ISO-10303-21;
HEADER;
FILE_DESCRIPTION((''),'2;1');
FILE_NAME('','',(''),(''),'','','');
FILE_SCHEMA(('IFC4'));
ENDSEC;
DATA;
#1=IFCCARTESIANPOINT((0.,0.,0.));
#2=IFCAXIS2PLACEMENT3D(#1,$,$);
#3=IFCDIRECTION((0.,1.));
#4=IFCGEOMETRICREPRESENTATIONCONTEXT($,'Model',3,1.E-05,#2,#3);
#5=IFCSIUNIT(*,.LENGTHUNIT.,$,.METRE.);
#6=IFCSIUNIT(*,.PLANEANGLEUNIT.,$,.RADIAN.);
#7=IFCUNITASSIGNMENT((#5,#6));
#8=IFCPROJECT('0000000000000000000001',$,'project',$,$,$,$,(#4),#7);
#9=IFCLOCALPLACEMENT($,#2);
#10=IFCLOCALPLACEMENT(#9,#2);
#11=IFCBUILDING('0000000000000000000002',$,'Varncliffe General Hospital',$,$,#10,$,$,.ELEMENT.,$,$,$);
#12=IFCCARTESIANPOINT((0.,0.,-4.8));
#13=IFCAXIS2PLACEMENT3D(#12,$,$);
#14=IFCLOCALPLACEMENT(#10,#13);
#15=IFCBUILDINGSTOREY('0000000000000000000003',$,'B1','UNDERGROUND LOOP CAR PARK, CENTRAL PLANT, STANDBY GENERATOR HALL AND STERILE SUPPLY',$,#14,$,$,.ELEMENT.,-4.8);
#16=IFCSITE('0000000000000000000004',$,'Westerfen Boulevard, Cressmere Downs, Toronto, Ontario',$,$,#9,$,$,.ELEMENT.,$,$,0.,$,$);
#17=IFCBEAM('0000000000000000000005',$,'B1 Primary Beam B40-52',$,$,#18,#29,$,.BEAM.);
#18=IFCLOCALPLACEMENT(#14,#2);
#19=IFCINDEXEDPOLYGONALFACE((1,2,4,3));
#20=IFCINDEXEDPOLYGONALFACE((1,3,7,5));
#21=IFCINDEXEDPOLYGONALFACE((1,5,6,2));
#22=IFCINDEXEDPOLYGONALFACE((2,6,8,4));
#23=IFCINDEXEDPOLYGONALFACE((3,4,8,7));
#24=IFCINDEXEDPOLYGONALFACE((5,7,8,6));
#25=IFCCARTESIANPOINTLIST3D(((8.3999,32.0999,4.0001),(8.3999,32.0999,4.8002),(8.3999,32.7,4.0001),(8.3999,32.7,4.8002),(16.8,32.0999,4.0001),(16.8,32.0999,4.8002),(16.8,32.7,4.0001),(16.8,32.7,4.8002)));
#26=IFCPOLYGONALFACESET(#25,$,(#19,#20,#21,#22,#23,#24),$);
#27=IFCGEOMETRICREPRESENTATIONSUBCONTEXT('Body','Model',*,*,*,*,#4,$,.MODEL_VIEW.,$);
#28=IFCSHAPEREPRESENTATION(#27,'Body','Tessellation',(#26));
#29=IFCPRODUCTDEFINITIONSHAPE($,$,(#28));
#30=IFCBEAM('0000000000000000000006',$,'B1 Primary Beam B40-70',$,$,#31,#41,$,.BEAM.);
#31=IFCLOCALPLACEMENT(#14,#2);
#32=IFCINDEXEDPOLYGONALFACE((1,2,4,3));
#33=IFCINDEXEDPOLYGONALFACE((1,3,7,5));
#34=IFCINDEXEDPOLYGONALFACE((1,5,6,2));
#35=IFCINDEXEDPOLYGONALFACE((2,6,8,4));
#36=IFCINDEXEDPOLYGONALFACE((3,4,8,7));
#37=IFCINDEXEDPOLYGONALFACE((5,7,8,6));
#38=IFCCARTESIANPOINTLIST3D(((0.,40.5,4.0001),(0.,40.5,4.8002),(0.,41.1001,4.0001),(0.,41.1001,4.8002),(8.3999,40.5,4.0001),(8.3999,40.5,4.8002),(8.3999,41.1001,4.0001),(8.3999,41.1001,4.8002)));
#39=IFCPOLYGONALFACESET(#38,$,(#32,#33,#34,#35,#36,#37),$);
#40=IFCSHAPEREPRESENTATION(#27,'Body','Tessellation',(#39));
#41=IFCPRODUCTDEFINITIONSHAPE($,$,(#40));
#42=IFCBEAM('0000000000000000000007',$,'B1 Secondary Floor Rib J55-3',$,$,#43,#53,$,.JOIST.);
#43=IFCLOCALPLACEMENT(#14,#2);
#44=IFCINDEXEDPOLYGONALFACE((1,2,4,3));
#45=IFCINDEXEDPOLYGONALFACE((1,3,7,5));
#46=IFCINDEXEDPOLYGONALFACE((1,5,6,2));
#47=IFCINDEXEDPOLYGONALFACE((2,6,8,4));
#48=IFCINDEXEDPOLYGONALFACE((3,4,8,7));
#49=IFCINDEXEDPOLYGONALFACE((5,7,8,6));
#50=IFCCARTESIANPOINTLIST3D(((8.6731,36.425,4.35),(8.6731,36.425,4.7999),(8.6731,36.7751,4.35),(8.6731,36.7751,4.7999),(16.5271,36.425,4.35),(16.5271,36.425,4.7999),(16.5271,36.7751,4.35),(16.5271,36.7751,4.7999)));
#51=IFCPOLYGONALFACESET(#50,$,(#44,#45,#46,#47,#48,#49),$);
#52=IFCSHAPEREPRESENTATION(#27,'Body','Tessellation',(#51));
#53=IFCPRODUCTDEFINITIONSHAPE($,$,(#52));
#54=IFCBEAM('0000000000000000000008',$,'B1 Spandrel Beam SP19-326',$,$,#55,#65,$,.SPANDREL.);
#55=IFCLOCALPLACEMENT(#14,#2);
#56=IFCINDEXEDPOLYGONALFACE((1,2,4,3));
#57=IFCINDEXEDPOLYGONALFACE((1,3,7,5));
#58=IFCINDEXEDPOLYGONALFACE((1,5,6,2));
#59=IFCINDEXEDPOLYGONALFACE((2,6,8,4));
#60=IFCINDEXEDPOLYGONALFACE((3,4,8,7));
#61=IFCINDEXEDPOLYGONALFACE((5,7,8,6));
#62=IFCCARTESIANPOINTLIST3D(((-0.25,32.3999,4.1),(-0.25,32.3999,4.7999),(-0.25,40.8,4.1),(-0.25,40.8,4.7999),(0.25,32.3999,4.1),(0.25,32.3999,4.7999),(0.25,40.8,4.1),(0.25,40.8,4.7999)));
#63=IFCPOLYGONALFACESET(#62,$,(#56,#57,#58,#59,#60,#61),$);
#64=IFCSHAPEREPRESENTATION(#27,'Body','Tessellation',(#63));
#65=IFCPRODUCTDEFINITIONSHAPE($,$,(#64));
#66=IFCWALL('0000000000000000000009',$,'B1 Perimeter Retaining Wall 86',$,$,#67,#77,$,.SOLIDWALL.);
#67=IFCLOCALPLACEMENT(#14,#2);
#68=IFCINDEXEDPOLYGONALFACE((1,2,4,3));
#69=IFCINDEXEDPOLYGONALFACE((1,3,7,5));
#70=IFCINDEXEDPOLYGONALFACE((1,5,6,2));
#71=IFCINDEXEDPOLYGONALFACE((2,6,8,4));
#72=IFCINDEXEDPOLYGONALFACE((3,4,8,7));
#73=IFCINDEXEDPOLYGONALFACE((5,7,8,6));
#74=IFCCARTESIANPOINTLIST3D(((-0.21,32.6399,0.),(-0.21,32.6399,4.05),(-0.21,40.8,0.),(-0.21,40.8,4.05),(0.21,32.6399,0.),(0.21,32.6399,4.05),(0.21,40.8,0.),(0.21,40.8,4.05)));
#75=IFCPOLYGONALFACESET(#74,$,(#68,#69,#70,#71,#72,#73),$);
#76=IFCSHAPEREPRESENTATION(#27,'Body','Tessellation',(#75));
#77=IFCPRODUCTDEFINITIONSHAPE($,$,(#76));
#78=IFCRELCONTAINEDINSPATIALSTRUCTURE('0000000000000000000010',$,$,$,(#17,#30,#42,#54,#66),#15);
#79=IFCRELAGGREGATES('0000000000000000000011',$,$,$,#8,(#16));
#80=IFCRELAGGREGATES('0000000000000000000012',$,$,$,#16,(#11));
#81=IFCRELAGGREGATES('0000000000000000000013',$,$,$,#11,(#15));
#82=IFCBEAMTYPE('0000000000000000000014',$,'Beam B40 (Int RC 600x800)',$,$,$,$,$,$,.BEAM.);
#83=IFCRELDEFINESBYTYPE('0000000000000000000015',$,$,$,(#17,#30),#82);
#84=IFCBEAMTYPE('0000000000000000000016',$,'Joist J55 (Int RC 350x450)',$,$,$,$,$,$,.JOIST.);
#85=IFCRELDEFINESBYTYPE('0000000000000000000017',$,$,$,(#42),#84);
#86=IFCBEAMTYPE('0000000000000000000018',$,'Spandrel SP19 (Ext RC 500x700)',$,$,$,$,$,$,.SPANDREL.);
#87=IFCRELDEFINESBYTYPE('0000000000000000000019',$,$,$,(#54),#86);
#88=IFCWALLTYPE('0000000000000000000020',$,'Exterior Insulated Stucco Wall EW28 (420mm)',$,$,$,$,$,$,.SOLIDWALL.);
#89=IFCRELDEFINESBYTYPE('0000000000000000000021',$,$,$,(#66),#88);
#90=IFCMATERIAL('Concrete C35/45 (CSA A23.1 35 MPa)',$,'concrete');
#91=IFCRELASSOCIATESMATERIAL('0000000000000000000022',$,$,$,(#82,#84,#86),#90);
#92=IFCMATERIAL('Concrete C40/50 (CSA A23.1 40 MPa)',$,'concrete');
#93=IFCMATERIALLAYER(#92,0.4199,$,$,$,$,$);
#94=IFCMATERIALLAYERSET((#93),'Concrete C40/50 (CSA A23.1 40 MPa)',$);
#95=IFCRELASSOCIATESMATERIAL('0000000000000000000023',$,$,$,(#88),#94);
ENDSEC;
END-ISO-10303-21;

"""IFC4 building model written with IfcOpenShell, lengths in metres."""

from ifc_helpers import new_model, si_unit, direction, frame, frame_2d, origin, origin_2d, place, context, subcontext, project, spatial, rectangle, extrude, material, layer, layer_set, material_profile, profile_set, type_object, element, save


model = new_model("IFC4")

# Units and contexts
model_context = context("Model", 3, precision=1e-05, world=origin(), true_north=direction((0.0, 1.0)))
body_context = subcontext(model_context, "Body", "Model", "MODEL_VIEW")
ifc_project = project(units=[si_unit("LENGTHUNIT", "METRE"), si_unit("PLANEANGLEUNIT", "RADIAN")], contexts=[model_context])

# Site, building, storey
site_placement = place(None, origin())
site = spatial("IfcSite", under=ifc_project, at=site_placement, Name="Westerfen Boulevard, Cressmere Downs, Toronto, Ontario", CompositionType="ELEMENT", RefElevation=0.0)
building_placement = place(site_placement, origin())
building = spatial("IfcBuilding", under=site, at=building_placement, Name="Varncliffe General Hospital", CompositionType="ELEMENT")
storey_placement = place(building_placement, frame((0.0, 0.0, -4.8)))
storey = spatial("IfcBuildingStorey", under=building, at=storey_placement, Name="B1", Description="UNDERGROUND LOOP CAR PARK, CENTRAL PLANT, STANDBY GENERATOR HALL AND STERILE SUPPLY", CompositionType="ELEMENT", Elevation=-4.8)

# Shared definitions
ifc_material_1 = material(Name="Concrete C40/50 (CSA A23.1 40 MPa)", Category="concrete")

# Beams
ifc_material_2 = material(Name="Concrete C35/45 (CSA A23.1 35 MPa)", Category="concrete")
ifc_material_profile_1 = material_profile(ifc_material_2, rectangle(XDim=0.6001, YDim=0.8, at=origin_2d()), Name="RC 600x800")
ifc_profile_set_1 = profile_set([ifc_material_profile_1], Name="Concrete C35/45 (CSA A23.1 35 MPa)")
beam_type_1 = type_object("IfcBeamType", Name="Beam B40 (Int RC 600x800)", PredefinedType="BEAM", material=ifc_profile_set_1)
beam_1_placement = place(storey_placement, frame((8.3999, 32.3999, 4.4001), z_axis=(1.0, 0.0, 0.0), x_axis=(0.0, 1.0, 0.0)))
element("IfcBeam", 1, at=beam_1_placement, inside=storey, type_object=beam_type_1, Name="B1 Primary Beam B40-52", PredefinedType="BEAM", context=body_context, shape_type="SweptSolid", body=[
    extrude(rectangle(XDim=0.6001, YDim=0.8, at=origin_2d()), origin(), (0.0, 0.0, 1.0), 8.4001),
])
beam_2_placement = place(storey_placement, frame((0.0, 40.8, 4.4001), z_axis=(1.0, 0.0, 0.0), x_axis=(0.0, 1.0, 0.0)))
element("IfcBeam", 2, at=beam_2_placement, inside=storey, type_object=beam_type_1, Name="B1 Primary Beam B40-70", PredefinedType="BEAM", context=body_context, shape_type="SweptSolid", body=[
    extrude(rectangle(XDim=0.6001, YDim=0.8, at=origin_2d()), origin(), (0.0, 0.0, 1.0), 8.3999),
])
ifc_material_profile_2 = material_profile(ifc_material_2, rectangle(XDim=0.3501, YDim=0.45, at=origin_2d()), Name="RC 350x450")
ifc_profile_set_2 = profile_set([ifc_material_profile_2], Name="Concrete C35/45 (CSA A23.1 35 MPa)")
beam_type_2 = type_object("IfcBeamType", Name="Joist J55 (Int RC 350x450)", PredefinedType="JOIST", material=ifc_profile_set_2)
beam_3_placement = place(storey_placement, frame((8.6731, 36.6001, 4.575), z_axis=(1.0, 0.0, 0.0), x_axis=(0.0, 1.0, 0.0)))
element("IfcBeam", 3, at=beam_3_placement, inside=storey, type_object=beam_type_2, Name="B1 Secondary Floor Rib J55-3", PredefinedType="JOIST", context=body_context, shape_type="SweptSolid", body=[
    extrude(rectangle(XDim=0.3501, YDim=0.45, at=origin_2d()), origin(), (0.0, 0.0, 1.0), 7.854),
])
ifc_material_profile_3 = material_profile(ifc_material_2, rectangle(XDim=0.5, YDim=0.7, at=origin_2d()), Name="RC 500x700")
ifc_profile_set_3 = profile_set([ifc_material_profile_3], Name="Concrete C35/45 (CSA A23.1 35 MPa)")
beam_type_3 = type_object("IfcBeamType", Name="Spandrel SP19 (Ext RC 500x700)", PredefinedType="SPANDREL", material=ifc_profile_set_3)
beam_4_placement = place(storey_placement, frame((0.0, 32.3999, 4.45), z_axis=(0.0, 1.0, 0.0), x_axis=(-1.0, 0.0, 0.0)))
element("IfcBeam", 4, at=beam_4_placement, inside=storey, type_object=beam_type_3, Name="B1 Spandrel Beam SP19-326", PredefinedType="SPANDREL", context=body_context, shape_type="SweptSolid", body=[
    extrude(rectangle(XDim=0.5, YDim=0.7, at=origin_2d()), origin(), (0.0, 0.0, 1.0), 8.4001),
])

# Wall
ifc_layer = layer(ifc_material_1, 0.4199)
ifc_layer_set = layer_set([ifc_layer], Name="Concrete C40/50 (CSA A23.1 40 MPa)")
wall_type = type_object("IfcWallType", Name="Exterior Insulated Stucco Wall EW28 (420mm)", PredefinedType="SOLIDWALL", material=ifc_layer_set)
wall_placement = place(storey_placement, frame((0.0, 32.6399, 0.0), z_axis=(0.0, 0.0, 1.0), x_axis=(0.0, 1.0, 0.0)))
element("IfcWall", 5, at=wall_placement, inside=storey, type_object=wall_type, Name="B1 Perimeter Retaining Wall 86", PredefinedType="SOLIDWALL", context=body_context, shape_type="SweptSolid", body=[
    extrude(rectangle(XDim=8.1602, YDim=0.4199, at=frame_2d((4.0801, 0.0))), origin(), (0.0, 0.0, 1.0), 4.05),
])

save(model, "model.ifc")
